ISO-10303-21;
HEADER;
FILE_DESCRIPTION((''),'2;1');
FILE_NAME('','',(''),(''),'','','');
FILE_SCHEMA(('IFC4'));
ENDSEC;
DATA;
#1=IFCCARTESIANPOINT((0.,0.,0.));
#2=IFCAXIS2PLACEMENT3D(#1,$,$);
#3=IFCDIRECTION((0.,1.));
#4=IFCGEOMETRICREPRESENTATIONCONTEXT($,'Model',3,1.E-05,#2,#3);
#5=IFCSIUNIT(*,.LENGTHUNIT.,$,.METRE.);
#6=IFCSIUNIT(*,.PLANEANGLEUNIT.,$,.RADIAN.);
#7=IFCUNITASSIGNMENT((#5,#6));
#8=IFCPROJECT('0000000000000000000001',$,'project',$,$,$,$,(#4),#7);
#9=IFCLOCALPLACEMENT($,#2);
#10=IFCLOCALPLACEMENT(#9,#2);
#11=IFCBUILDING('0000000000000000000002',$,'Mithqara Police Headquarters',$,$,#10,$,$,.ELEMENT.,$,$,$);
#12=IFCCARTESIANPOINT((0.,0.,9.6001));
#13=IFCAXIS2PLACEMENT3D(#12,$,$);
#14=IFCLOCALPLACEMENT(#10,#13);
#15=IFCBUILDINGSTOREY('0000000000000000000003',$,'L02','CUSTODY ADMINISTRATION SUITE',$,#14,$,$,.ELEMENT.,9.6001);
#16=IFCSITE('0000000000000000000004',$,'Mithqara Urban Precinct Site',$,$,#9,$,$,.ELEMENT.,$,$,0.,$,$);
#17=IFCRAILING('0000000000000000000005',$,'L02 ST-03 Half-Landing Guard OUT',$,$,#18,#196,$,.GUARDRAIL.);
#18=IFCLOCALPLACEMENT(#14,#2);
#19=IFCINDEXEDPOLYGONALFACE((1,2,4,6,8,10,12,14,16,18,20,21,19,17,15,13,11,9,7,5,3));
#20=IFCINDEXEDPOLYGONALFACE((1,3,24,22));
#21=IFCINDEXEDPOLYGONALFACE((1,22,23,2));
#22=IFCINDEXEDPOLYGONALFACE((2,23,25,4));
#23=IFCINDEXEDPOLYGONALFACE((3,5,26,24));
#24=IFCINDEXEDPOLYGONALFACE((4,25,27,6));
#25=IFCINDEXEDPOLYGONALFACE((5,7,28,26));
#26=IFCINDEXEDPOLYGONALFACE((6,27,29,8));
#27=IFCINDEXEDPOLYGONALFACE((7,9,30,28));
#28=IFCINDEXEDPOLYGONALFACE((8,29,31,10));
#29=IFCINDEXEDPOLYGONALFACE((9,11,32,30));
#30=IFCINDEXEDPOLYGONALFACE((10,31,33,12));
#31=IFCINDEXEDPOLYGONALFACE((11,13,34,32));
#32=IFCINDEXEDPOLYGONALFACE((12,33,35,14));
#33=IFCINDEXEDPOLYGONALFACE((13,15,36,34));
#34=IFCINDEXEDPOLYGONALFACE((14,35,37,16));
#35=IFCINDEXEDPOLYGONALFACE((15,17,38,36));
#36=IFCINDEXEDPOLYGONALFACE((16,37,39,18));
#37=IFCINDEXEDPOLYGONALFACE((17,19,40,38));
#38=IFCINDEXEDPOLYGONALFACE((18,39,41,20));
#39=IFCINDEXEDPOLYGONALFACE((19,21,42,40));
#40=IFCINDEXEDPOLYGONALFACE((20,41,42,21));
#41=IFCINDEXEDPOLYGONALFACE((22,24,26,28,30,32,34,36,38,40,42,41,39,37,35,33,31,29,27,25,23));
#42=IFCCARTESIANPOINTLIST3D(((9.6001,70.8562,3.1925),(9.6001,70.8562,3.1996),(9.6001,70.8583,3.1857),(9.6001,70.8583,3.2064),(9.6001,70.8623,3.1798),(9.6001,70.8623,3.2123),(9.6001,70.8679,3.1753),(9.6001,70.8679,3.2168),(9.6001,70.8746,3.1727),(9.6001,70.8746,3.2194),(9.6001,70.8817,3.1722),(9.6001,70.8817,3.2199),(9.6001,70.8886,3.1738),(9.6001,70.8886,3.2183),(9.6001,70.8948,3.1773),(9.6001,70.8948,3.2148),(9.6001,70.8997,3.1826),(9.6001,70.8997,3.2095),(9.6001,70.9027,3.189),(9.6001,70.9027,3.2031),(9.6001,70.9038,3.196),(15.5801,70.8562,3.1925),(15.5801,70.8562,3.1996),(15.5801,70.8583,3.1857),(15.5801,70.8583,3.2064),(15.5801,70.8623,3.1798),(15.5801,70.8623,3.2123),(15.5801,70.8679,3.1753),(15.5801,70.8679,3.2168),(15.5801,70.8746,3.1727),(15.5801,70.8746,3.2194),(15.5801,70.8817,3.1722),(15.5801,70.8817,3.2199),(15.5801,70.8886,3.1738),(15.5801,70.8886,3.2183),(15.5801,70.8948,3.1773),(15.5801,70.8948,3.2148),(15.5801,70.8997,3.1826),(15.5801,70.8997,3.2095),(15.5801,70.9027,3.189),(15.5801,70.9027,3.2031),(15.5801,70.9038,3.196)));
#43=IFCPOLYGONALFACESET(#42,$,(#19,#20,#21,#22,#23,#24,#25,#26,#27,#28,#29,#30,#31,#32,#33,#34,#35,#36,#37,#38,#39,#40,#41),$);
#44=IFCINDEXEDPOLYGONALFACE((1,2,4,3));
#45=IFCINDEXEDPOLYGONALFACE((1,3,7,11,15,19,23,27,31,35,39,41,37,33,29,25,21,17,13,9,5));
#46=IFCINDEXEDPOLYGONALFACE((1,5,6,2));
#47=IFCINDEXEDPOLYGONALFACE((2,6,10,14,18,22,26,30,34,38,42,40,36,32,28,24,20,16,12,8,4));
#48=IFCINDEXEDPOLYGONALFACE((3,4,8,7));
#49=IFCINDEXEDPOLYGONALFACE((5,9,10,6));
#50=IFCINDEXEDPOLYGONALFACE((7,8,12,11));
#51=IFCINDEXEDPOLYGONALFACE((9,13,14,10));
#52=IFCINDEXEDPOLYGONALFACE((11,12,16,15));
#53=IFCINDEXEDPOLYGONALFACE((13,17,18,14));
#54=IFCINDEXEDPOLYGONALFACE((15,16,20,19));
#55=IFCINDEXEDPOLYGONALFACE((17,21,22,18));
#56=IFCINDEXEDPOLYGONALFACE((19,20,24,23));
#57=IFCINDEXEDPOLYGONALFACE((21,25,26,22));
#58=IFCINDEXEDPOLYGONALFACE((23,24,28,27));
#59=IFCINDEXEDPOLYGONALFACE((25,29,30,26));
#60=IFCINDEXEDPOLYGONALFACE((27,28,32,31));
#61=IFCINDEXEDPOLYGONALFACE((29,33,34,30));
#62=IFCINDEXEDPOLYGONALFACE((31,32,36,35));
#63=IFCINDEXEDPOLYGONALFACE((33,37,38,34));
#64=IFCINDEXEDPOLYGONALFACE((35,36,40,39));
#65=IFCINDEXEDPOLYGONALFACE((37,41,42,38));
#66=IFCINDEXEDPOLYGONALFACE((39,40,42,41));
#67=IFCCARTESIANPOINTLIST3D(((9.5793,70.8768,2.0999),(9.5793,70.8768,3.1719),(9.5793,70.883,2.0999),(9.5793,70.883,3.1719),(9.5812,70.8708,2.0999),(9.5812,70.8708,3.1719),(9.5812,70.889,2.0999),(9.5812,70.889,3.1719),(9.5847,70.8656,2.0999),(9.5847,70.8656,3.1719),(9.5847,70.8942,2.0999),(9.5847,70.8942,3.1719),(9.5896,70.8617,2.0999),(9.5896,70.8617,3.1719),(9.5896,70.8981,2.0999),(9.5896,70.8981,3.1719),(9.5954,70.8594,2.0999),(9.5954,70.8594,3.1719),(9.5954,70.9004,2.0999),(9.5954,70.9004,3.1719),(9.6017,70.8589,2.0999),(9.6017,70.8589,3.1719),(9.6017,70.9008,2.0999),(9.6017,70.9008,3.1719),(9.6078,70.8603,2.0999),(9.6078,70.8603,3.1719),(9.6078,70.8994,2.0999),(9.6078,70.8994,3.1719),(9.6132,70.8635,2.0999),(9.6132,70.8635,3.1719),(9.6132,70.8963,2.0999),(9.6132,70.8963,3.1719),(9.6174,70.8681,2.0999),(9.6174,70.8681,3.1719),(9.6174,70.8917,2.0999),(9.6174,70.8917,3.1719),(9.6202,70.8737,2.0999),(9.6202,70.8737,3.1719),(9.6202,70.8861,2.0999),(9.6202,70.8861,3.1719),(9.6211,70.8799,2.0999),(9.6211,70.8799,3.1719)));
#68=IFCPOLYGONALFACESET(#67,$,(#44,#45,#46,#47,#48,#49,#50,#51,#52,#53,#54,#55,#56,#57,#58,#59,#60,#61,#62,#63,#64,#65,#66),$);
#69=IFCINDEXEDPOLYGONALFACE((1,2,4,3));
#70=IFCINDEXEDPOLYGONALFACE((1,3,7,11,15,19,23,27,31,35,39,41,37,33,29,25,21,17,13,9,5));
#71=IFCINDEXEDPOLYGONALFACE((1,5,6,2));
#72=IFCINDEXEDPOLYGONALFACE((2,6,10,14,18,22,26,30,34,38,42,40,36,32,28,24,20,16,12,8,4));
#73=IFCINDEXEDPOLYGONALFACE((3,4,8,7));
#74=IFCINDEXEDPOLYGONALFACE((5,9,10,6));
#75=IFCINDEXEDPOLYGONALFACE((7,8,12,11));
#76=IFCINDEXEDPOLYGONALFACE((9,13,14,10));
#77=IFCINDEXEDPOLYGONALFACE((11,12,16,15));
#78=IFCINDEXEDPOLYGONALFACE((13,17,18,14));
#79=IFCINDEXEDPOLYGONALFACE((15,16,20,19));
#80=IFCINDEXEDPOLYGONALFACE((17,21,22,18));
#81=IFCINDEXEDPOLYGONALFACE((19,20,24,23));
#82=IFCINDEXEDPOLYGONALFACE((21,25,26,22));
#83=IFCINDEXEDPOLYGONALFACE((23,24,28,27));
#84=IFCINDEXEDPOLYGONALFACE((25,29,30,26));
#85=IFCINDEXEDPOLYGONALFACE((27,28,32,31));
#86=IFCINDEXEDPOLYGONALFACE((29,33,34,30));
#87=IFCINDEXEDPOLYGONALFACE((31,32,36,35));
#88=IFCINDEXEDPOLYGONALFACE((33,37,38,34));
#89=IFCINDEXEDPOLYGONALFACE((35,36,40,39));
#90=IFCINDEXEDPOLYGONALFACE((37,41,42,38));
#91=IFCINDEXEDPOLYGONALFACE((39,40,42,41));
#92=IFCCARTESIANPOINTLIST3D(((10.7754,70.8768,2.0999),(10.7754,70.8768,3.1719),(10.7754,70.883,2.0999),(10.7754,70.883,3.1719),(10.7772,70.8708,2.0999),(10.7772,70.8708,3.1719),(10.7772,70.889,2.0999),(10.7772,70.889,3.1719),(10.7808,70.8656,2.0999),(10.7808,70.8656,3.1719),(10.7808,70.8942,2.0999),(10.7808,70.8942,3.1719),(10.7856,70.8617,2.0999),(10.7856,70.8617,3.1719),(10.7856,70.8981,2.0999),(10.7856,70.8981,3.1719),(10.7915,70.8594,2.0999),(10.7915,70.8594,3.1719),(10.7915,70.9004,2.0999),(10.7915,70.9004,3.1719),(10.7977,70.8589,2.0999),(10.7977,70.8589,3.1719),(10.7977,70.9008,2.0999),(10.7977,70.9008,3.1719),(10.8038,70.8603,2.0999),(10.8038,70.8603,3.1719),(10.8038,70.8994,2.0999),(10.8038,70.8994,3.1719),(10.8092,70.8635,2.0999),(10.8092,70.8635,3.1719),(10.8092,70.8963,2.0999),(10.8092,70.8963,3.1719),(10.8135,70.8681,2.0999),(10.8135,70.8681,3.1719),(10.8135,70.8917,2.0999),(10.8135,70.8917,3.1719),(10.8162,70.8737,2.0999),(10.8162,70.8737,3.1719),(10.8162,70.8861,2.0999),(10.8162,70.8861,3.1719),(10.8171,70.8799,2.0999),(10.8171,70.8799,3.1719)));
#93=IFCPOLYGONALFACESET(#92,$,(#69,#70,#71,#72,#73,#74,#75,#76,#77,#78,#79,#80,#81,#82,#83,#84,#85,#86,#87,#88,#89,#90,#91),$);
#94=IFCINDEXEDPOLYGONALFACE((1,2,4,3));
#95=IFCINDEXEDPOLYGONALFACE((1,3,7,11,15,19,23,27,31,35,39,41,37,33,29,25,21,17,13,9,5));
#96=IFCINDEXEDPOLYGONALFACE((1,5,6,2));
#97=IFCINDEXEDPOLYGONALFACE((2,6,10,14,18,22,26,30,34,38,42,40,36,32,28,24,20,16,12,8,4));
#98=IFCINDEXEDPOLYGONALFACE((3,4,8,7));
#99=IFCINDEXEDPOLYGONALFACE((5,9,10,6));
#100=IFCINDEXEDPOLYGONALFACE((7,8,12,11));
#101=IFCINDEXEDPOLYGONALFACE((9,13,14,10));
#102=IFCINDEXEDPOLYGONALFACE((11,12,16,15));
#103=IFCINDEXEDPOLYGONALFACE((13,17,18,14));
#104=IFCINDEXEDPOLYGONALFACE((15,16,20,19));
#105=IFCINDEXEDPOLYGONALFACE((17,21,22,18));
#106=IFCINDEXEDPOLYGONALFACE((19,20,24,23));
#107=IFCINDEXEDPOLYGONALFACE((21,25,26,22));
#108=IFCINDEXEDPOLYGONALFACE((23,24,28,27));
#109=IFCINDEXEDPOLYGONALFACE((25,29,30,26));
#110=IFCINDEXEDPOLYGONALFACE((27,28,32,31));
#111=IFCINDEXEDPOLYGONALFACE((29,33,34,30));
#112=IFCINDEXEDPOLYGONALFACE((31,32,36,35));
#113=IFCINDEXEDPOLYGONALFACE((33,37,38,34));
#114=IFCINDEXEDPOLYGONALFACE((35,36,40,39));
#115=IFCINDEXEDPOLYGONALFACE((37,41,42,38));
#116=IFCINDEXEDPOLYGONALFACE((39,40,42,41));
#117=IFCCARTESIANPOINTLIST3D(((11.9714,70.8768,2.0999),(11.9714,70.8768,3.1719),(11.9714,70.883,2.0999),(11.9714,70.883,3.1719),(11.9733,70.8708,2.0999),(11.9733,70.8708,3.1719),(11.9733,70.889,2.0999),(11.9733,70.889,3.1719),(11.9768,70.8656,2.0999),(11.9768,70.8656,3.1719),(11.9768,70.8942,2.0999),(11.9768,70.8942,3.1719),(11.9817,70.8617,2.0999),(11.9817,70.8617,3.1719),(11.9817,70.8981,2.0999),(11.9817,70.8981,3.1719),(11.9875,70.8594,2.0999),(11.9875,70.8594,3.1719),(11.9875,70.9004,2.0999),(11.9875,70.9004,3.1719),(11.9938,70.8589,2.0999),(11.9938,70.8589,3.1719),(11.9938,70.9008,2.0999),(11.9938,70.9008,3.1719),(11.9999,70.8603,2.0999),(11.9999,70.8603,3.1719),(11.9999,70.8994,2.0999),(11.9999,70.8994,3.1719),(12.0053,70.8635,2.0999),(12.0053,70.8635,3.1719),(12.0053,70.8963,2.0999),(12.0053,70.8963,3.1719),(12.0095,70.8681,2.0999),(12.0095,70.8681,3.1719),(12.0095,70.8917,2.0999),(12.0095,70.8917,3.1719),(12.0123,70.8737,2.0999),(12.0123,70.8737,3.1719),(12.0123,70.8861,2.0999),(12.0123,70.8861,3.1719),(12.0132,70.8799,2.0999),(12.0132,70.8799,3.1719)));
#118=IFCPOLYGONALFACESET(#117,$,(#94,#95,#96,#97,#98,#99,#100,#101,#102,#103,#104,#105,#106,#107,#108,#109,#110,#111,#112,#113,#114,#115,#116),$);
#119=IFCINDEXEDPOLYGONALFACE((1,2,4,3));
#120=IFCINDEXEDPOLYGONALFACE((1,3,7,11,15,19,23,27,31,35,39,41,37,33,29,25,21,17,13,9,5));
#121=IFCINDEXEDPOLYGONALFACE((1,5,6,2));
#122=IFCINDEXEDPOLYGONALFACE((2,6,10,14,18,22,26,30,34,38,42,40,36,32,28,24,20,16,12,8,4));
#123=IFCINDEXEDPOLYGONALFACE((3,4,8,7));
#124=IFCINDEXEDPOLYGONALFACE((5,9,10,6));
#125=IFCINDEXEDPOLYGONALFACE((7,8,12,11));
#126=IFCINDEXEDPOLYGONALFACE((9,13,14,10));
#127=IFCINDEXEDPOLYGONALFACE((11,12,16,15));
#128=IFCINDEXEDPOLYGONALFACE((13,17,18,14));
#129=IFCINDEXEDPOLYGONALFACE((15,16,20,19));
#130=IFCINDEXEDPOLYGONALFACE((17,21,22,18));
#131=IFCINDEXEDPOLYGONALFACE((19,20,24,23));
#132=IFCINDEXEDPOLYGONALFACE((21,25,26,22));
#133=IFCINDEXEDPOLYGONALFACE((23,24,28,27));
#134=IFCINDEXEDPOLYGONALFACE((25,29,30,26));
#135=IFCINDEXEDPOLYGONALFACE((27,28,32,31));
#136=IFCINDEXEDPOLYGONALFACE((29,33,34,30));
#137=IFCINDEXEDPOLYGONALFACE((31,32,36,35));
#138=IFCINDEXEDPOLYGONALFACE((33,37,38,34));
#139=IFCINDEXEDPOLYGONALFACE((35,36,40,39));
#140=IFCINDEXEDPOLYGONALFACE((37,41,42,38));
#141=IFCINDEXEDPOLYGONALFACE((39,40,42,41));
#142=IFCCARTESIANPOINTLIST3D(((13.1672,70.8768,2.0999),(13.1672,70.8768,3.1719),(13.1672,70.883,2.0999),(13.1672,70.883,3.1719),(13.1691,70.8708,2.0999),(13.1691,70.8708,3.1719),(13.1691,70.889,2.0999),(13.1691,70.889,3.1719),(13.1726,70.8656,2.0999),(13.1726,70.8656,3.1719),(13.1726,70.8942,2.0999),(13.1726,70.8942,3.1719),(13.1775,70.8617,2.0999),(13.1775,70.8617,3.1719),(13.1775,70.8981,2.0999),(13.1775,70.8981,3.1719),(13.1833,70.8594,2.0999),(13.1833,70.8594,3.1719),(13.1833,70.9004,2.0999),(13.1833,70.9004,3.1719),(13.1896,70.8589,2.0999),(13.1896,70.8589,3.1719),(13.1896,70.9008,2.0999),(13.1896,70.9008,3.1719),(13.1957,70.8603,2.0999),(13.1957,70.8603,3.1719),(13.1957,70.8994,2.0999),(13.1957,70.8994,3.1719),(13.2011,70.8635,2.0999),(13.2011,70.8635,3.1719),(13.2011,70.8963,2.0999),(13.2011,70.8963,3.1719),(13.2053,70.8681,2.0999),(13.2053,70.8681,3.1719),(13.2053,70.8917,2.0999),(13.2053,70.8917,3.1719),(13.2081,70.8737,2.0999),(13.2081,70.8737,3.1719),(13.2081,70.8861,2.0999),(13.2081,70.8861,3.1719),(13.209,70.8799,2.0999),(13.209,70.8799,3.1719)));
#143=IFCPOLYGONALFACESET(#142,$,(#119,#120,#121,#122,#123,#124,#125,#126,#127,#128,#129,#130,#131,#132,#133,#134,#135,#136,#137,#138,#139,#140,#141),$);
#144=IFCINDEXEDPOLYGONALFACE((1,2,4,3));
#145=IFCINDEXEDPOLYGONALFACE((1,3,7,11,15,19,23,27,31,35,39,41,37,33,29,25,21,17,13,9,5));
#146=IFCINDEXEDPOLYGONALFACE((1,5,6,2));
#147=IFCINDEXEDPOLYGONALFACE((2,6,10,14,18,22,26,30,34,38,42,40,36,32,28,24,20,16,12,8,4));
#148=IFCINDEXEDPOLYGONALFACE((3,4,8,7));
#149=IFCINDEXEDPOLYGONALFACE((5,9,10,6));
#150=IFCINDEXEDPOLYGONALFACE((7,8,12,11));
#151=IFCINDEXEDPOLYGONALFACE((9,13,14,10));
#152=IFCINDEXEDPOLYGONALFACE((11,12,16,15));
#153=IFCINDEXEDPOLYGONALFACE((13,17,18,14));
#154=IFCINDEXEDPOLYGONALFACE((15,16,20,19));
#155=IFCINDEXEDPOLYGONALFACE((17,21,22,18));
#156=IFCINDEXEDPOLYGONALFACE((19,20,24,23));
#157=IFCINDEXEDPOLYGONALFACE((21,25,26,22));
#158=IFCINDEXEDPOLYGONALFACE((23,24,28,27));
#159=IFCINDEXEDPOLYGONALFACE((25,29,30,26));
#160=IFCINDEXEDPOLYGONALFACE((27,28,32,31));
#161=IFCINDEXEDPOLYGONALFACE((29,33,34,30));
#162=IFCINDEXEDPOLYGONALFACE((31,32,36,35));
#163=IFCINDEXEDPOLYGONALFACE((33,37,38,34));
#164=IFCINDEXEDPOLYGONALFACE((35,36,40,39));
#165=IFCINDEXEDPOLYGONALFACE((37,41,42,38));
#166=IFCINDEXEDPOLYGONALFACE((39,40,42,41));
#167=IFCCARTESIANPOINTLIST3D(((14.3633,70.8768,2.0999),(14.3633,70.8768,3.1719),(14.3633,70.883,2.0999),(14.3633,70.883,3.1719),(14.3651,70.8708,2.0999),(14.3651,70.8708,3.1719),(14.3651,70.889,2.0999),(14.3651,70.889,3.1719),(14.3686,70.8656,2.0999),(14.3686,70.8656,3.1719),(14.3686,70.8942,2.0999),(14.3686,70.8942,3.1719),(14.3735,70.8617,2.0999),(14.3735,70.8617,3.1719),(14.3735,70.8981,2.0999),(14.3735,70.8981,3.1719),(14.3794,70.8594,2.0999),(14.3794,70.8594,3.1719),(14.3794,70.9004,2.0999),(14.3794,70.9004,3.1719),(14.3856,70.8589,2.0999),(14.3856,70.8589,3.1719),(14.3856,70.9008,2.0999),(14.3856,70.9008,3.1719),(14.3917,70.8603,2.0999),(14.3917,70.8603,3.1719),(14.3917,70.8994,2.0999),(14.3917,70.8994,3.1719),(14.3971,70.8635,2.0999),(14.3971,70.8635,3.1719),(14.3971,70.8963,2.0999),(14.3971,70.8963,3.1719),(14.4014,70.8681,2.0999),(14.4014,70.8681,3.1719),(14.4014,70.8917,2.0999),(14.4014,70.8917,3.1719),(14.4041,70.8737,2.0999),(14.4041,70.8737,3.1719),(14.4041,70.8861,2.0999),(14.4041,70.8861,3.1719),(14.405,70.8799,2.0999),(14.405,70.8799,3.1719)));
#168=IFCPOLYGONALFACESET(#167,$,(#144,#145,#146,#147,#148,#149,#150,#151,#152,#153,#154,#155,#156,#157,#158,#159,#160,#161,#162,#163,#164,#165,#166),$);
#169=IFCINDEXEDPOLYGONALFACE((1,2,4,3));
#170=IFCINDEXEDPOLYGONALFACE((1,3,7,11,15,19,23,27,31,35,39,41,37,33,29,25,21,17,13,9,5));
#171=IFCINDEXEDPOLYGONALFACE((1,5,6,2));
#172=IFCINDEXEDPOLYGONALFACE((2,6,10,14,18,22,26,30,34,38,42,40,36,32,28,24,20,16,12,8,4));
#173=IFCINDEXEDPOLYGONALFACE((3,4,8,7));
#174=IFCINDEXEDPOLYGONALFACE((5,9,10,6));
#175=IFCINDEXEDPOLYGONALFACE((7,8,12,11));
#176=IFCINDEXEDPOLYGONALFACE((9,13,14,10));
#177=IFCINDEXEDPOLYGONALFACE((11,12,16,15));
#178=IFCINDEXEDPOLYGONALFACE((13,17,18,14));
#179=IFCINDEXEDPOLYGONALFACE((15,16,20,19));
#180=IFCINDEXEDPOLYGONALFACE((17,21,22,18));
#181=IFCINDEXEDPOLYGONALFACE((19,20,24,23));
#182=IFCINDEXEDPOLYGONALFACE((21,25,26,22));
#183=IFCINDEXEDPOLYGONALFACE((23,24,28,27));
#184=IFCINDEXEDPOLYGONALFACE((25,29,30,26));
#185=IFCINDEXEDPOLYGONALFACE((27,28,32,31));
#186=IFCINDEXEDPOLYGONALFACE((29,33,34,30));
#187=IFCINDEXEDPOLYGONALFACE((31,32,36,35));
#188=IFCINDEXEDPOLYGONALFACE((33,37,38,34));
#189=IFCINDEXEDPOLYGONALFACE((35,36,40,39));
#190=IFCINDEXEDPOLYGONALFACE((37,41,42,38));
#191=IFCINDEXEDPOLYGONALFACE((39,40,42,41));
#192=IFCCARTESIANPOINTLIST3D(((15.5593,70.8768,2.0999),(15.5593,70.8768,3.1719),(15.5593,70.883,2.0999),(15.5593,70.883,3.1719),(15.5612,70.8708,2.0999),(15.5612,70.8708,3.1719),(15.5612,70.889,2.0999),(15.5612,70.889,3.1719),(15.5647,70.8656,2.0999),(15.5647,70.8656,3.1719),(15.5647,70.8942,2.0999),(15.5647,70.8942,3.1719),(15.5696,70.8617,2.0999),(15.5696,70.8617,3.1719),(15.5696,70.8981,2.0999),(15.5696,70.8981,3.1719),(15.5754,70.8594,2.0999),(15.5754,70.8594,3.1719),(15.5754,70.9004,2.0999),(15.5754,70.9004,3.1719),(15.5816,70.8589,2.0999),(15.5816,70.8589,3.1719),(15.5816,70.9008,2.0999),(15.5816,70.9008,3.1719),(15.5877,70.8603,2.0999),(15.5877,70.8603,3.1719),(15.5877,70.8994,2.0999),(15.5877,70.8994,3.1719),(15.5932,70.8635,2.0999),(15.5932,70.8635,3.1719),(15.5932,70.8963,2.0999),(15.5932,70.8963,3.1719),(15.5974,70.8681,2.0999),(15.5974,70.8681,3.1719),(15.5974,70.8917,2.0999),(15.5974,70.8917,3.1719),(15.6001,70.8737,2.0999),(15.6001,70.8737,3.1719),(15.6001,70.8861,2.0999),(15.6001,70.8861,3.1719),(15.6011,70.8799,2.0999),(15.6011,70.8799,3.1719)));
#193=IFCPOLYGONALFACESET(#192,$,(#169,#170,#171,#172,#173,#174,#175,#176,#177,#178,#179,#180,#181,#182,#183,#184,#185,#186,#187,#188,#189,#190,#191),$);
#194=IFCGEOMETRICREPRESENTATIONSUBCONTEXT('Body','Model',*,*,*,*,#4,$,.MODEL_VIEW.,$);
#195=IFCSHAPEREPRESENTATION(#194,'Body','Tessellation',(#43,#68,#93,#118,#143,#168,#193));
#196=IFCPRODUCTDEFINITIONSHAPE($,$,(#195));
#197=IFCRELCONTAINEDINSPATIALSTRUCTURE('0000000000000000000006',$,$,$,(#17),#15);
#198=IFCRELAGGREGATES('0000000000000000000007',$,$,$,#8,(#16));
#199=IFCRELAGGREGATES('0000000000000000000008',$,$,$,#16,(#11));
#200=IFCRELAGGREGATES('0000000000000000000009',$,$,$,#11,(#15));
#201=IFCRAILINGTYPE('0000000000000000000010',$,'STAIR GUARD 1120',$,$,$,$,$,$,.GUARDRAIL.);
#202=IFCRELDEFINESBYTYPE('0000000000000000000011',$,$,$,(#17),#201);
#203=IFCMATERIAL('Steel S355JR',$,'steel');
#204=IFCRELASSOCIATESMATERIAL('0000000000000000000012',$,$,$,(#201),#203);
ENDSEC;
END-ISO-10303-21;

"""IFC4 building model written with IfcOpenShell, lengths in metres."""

from ifc_helpers import new_model, si_unit, direction, frame, origin, origin_2d, place, context, subcontext, project, spatial, circle, extrude, material, type_object, element, save


model = new_model("IFC4")

# Units and contexts
model_context = context("Model", 3, precision=1e-05, world=origin(), true_north=direction((0.0, 1.0)))
body_context = subcontext(model_context, "Body", "Model", "MODEL_VIEW")
ifc_project = project(units=[si_unit("LENGTHUNIT", "METRE"), si_unit("PLANEANGLEUNIT", "RADIAN")], contexts=[model_context])

# Site, building, storey
site_placement = place(None, origin())
site = spatial("IfcSite", under=ifc_project, at=site_placement, Name="Mithqara Urban Precinct Site", CompositionType="ELEMENT", RefElevation=0.0)
building_placement = place(site_placement, origin())
building = spatial("IfcBuilding", under=site, at=building_placement, Name="Mithqara Police Headquarters", CompositionType="ELEMENT")
storey_placement = place(building_placement, frame((0.0, 0.0, 9.6001)))
storey = spatial("IfcBuildingStorey", under=building, at=storey_placement, Name="L02", Description="CUSTODY ADMINISTRATION SUITE", CompositionType="ELEMENT", Elevation=9.6001)

# Shared definitions
ifc_material_1 = material(Name="Steel S355JR", Category="steel")

# Railing
railing_type = type_object("IfcRailingType", Name="STAIR GUARD 1120", PredefinedType="GUARDRAIL", material=ifc_material_1)
for number, where, name in (
    (1, (9.6001, 70.8799, 2.0999), "L02 ST-03 Half-Landing Guard OUT"),
):
    element("IfcRailing", number, at=place(storey_placement, frame(where)), inside=storey, type_object=railing_type, Name=name, PredefinedType="GUARDRAIL", context=body_context, shape_type="SweptSolid", body=[
        extrude(circle(Radius=0.0239, at=origin_2d()), frame((0.0, 0.0, 1.0962), z_axis=(1.0, 0.0, 0.0), x_axis=(0.0, 1.0, 0.0)), (0.0, 0.0, 1.0), 5.98),
        extrude(circle(Radius=0.021, at=origin_2d()), origin(), (0.0, 0.0, 1.0), 1.072),
        extrude(circle(Radius=0.021, at=origin_2d()), frame((1.196, 0.0, 0.0)), (0.0, 0.0, 1.0), 1.072),
        extrude(circle(Radius=0.021, at=origin_2d()), frame((2.3921, 0.0, 0.0)), (0.0, 0.0, 1.0), 1.072),
        extrude(circle(Radius=0.021, at=origin_2d()), frame((3.5879, 0.0, 0.0)), (0.0, 0.0, 1.0), 1.072),
        extrude(circle(Radius=0.021, at=origin_2d()), frame((4.7839, 0.0, 0.0)), (0.0, 0.0, 1.0), 1.072),
        extrude(circle(Radius=0.021, at=origin_2d()), frame((5.98, 0.0, 0.0)), (0.0, 0.0, 1.0), 1.072),
    ])

save(model, "model.ifc")
